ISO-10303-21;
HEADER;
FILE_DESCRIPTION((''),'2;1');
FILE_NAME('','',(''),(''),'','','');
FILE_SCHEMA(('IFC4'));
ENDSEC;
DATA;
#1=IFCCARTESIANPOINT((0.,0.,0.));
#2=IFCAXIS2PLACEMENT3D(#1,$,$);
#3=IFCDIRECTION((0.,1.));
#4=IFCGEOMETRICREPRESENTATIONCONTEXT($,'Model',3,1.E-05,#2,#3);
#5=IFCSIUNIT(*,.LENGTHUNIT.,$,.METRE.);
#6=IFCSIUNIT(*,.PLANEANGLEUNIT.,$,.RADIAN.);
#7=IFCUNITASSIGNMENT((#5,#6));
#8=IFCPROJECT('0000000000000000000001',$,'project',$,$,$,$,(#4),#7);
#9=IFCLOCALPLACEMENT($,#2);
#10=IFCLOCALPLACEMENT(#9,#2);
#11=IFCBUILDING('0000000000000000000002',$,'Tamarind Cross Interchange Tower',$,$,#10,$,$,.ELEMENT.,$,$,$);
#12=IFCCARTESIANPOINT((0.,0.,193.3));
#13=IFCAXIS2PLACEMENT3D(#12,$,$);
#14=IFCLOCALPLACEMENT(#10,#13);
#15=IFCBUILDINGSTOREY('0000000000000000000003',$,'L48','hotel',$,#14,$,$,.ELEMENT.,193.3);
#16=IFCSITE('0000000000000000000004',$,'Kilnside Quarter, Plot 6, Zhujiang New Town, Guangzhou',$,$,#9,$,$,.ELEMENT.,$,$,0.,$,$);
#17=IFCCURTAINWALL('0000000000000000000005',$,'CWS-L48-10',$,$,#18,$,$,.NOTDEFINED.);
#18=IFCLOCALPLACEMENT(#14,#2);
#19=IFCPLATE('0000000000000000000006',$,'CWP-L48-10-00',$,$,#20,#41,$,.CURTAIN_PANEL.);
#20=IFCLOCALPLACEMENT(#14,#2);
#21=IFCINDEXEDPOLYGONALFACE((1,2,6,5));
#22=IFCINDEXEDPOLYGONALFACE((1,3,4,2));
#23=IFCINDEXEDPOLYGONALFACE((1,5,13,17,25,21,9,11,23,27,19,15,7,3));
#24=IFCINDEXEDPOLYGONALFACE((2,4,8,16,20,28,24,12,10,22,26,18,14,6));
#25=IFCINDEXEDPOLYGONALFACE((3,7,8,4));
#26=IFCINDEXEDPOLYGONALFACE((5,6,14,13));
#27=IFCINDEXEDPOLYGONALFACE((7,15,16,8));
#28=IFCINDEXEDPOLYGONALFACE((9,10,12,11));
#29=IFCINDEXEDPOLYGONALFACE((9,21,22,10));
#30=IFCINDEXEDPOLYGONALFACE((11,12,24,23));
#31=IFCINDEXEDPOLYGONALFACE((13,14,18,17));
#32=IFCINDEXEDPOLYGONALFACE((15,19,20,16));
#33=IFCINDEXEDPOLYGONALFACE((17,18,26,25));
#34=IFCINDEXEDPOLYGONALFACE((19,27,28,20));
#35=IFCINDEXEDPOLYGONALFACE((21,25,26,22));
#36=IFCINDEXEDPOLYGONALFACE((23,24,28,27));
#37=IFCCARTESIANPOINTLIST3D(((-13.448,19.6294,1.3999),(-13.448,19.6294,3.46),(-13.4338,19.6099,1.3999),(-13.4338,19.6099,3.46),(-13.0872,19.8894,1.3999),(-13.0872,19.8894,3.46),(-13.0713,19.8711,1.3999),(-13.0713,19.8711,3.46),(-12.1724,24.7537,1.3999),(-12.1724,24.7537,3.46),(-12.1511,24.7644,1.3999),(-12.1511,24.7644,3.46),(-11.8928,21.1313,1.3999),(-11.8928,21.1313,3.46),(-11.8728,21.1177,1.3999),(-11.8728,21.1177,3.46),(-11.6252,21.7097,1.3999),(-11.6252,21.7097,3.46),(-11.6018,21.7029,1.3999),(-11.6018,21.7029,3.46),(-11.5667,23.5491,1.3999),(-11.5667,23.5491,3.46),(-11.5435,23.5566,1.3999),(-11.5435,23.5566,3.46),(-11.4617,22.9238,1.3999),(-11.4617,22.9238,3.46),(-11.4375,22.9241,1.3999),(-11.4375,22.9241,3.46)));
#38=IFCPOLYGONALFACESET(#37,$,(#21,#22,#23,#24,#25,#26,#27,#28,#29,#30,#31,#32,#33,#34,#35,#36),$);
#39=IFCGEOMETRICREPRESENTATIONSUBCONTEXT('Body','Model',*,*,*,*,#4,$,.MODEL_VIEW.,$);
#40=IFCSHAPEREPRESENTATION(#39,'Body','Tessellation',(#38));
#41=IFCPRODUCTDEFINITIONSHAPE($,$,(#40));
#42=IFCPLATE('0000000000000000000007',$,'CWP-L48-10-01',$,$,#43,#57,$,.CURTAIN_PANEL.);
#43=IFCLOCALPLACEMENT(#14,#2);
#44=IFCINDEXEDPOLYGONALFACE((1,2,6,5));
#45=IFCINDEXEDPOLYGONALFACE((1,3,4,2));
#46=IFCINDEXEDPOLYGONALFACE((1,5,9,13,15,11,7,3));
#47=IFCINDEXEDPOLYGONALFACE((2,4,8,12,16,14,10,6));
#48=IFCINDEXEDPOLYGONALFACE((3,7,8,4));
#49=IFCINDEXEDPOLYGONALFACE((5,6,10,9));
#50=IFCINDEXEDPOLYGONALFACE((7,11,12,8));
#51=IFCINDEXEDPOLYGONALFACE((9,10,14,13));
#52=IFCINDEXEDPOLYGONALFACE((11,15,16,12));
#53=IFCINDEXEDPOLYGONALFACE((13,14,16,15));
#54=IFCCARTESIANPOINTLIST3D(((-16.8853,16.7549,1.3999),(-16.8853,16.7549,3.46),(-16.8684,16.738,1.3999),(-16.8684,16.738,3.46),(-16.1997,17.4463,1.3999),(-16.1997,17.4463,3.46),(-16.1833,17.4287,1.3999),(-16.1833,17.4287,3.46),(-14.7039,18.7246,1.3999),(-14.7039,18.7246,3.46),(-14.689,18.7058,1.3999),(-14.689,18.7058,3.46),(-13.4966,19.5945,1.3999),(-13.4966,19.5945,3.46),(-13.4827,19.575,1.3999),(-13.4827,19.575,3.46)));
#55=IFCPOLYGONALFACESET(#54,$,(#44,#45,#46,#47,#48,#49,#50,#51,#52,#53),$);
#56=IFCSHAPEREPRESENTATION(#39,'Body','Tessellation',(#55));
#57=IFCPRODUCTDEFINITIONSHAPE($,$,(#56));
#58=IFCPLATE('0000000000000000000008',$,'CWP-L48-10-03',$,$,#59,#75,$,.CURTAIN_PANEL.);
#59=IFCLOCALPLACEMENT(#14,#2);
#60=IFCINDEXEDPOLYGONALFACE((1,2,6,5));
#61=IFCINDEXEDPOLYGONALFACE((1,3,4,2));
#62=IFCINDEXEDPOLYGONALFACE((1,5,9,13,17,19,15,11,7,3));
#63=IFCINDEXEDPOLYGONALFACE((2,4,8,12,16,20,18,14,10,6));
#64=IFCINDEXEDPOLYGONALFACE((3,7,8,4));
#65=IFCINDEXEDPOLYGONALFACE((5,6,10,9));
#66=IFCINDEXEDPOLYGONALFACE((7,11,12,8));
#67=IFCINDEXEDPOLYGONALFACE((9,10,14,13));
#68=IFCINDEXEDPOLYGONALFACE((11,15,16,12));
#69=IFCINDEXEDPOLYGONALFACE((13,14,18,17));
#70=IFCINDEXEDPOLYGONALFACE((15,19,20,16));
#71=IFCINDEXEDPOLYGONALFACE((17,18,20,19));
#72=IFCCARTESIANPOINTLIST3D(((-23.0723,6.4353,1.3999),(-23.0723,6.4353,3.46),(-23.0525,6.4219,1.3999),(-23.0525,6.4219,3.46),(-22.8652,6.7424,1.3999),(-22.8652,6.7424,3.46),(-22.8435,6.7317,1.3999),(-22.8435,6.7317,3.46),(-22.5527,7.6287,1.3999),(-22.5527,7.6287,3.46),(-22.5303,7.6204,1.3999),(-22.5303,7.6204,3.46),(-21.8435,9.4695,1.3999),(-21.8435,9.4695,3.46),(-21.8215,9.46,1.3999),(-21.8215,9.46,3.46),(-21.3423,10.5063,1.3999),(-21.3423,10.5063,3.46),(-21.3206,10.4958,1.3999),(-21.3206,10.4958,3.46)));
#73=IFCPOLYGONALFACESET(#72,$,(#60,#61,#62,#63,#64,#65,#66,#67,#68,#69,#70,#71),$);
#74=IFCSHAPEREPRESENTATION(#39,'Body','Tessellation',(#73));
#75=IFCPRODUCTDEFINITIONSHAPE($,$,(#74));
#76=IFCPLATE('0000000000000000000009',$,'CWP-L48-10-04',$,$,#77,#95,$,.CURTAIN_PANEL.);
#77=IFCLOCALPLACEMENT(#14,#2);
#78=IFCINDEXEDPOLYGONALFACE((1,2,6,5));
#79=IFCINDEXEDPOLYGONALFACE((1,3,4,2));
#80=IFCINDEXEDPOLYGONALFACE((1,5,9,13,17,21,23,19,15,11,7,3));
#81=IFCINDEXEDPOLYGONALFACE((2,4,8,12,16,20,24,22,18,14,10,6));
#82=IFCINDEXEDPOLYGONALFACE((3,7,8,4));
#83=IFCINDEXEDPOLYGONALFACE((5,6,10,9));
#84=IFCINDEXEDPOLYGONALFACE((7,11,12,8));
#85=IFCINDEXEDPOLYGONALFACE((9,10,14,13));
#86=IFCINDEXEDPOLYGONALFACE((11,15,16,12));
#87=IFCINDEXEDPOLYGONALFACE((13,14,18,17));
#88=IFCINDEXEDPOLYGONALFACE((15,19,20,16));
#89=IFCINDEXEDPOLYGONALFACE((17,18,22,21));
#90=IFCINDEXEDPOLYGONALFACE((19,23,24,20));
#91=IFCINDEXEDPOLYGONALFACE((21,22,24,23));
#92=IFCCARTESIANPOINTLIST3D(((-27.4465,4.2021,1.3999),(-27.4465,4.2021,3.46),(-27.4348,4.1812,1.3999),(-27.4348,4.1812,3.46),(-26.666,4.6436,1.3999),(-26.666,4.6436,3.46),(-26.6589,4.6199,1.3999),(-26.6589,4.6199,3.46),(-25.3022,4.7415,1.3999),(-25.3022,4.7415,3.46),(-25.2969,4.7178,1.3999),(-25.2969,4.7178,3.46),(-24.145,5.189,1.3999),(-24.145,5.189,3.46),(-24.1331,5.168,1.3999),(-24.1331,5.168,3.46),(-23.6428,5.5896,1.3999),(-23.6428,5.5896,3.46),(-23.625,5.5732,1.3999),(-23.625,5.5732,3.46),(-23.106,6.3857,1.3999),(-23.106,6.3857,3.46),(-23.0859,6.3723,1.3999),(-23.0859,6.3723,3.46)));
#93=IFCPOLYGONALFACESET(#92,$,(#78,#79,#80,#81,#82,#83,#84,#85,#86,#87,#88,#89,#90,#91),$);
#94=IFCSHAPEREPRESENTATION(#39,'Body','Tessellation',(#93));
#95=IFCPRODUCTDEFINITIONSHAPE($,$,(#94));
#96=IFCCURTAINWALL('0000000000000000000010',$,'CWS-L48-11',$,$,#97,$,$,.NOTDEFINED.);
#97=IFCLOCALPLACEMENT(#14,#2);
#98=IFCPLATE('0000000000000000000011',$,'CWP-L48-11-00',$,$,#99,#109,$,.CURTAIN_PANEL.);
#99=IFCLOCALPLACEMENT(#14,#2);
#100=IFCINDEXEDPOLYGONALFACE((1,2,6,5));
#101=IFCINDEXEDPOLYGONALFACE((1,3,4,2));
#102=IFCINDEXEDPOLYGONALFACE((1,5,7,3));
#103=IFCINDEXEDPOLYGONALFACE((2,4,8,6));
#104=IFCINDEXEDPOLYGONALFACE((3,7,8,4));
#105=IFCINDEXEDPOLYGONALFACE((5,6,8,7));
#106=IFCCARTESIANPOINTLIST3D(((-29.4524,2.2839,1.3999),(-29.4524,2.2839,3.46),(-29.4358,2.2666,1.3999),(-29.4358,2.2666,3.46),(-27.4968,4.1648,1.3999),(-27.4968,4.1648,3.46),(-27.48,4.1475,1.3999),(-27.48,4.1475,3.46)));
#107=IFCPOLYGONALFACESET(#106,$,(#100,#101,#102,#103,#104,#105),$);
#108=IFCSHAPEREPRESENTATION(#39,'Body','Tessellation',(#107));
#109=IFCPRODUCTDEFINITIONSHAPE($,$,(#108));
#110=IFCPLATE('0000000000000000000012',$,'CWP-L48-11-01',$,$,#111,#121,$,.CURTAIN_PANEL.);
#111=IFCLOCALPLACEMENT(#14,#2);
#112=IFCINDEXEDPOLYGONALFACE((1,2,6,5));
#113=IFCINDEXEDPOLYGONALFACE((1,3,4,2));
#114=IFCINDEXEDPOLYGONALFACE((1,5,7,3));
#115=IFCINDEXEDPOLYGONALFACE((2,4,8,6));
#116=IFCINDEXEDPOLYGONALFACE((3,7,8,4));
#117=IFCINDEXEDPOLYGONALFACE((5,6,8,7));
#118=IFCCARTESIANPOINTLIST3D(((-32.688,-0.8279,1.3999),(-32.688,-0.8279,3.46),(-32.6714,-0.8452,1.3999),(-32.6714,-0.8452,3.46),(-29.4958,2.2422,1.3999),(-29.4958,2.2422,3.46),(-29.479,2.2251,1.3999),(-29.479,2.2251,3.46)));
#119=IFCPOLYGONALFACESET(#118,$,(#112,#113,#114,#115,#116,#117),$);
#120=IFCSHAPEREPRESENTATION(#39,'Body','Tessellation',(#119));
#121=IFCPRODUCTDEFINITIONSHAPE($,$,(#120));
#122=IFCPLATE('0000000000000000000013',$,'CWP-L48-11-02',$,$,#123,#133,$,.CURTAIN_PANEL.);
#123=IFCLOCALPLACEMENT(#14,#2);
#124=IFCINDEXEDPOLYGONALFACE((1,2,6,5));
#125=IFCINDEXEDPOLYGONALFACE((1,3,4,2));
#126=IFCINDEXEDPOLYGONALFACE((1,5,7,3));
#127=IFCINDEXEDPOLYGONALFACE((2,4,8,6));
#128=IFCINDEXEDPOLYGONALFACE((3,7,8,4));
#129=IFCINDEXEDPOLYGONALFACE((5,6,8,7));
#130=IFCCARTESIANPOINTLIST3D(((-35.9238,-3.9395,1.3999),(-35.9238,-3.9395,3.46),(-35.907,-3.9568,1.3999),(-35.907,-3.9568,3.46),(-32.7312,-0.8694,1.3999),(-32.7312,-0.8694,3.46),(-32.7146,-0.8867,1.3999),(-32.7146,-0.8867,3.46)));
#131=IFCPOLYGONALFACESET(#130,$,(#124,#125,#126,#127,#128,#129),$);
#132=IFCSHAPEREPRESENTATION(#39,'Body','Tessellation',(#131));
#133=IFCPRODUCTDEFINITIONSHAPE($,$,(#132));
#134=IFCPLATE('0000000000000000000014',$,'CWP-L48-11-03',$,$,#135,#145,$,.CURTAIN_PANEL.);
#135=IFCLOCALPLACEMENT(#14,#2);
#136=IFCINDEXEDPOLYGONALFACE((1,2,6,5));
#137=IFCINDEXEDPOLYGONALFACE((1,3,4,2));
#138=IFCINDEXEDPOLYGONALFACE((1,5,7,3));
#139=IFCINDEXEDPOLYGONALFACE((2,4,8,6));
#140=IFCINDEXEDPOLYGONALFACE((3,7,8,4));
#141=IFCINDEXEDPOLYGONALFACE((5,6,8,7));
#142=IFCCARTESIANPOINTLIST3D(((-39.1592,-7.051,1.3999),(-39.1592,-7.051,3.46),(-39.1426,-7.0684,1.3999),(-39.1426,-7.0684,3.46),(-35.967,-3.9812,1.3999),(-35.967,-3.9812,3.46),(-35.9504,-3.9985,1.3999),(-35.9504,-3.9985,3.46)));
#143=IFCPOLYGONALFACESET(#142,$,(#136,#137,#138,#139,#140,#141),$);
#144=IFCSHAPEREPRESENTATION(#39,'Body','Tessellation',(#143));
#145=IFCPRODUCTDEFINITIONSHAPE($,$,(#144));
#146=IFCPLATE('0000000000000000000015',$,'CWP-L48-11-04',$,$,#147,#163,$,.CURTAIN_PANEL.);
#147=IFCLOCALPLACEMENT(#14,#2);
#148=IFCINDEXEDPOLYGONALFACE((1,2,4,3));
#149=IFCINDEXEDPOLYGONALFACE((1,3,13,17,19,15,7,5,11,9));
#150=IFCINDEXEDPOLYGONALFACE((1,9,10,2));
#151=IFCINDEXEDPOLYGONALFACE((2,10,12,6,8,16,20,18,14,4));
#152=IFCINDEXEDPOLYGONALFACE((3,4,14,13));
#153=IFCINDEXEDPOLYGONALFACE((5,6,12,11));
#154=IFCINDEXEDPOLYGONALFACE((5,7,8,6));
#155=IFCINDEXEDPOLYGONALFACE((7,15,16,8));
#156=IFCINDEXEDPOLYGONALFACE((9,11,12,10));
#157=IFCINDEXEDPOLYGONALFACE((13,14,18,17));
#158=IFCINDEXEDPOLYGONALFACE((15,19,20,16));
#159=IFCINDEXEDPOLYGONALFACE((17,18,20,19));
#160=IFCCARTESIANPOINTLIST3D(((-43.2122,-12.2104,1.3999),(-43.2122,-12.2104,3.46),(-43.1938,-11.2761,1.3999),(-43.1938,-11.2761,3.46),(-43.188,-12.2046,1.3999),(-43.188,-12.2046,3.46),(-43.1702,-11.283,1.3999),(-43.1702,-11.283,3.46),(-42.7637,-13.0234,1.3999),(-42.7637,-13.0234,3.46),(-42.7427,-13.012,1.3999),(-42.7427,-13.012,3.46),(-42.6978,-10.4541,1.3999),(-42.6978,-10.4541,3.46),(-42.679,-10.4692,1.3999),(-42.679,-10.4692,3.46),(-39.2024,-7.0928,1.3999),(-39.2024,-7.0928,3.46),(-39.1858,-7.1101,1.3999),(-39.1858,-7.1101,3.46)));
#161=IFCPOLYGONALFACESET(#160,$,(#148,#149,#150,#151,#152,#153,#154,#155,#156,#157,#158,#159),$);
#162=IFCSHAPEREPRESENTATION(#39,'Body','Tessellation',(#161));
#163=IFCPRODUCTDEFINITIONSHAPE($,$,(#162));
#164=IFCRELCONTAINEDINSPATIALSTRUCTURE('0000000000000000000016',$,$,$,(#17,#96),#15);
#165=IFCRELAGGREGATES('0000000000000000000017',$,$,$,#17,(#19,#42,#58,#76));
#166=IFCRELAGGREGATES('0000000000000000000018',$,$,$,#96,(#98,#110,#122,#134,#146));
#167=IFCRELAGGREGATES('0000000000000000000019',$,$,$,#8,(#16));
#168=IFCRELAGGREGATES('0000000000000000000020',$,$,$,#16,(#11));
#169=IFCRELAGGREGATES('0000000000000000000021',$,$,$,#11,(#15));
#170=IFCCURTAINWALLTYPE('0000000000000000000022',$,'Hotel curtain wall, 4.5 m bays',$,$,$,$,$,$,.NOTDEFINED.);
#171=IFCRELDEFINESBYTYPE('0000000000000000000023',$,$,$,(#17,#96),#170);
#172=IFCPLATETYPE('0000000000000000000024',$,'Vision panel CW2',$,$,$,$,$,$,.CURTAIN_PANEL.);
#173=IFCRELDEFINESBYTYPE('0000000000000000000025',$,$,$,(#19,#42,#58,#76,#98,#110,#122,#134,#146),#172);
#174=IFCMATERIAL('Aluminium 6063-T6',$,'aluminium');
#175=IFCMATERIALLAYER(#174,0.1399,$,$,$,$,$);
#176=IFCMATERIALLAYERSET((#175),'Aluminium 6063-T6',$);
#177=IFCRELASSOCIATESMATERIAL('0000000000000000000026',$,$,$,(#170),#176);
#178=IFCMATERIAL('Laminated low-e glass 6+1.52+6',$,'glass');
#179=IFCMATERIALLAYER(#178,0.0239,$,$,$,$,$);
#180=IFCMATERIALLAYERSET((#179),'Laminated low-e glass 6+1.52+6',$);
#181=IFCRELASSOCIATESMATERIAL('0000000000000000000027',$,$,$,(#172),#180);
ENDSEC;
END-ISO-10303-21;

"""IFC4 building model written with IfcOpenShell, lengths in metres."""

from ifc_helpers import new_model, si_unit, direction, frame, origin, place, context, subcontext, project, spatial, polyline, outline, extrude, material, layer, layer_set, type_object, element, aggregate, save


model = new_model("IFC4")

# Units and contexts
model_context = context("Model", 3, precision=1e-05, world=origin(), true_north=direction((0.0, 1.0)))
body_context = subcontext(model_context, "Body", "Model", "MODEL_VIEW")
ifc_project = project(units=[si_unit("LENGTHUNIT", "METRE"), si_unit("PLANEANGLEUNIT", "RADIAN")], contexts=[model_context])

# Site, building, storey
site_placement = place(None, origin())
site = spatial("IfcSite", under=ifc_project, at=site_placement, Name="Kilnside Quarter, Plot 6, Zhujiang New Town, Guangzhou", CompositionType="ELEMENT", RefElevation=0.0)
building_placement = place(site_placement, origin())
building = spatial("IfcBuilding", under=site, at=building_placement, Name="Tamarind Cross Interchange Tower", CompositionType="ELEMENT")
storey_placement = place(building_placement, frame((0.0, 0.0, 193.3)))
storey = spatial("IfcBuildingStorey", under=building, at=storey_placement, Name="L48", Description="hotel", CompositionType="ELEMENT", Elevation=193.3)

# Curtain walls, plates
ifc_material_1 = material(Name="Aluminium 6063-T6", Category="aluminium")
ifc_layer_1 = layer(ifc_material_1, 0.1399)
ifc_layer_set_1 = layer_set([ifc_layer_1], Name="Aluminium 6063-T6")
curtain_wall_type = type_object("IfcCurtainWallType", Name="Hotel curtain wall, 4.5 m bays", PredefinedType="NOTDEFINED", material=ifc_layer_set_1)
ifc_material_2 = material(Name="Laminated low-e glass 6+1.52+6", Category="glass")
ifc_layer_2 = layer(ifc_material_2, 0.0239)
ifc_layer_set_2 = layer_set([ifc_layer_2], Name="Laminated low-e glass 6+1.52+6")
plate_type = type_object("IfcPlateType", Name="Vision panel CW2", PredefinedType="CURTAIN_PANEL", material=ifc_layer_set_2)
curtain_wall_1_placement = place(storey_placement, origin())
curtain_wall_1 = element("IfcCurtainWall", 1, at=curtain_wall_1_placement, inside=storey, type_object=curtain_wall_type, Name="CWS-L48-10", PredefinedType="NOTDEFINED")
plate_1_placement = place(storey_placement, frame((0.0, 0.0, 1.3999)))
plate_1 = element("IfcPlate", 2, at=plate_1_placement, type_object=plate_type, Name="CWP-L48-10-00", PredefinedType="CURTAIN_PANEL", context=body_context, shape_type="SweptSolid", body=[
    extrude(outline(polyline([(-12.1511, 24.7644), (-11.5435, 23.5566), (-11.4375, 22.9241), (-11.6018, 21.7029), (-11.8728, 21.1177), (-13.0713, 19.8711), (-13.4338, 19.6099), (-13.448, 19.6294), (-13.0872, 19.8894), (-11.8928, 21.1313), (-11.6252, 21.7097), (-11.4617, 22.9238), (-11.5667, 23.5491), (-12.1724, 24.7537), (-12.1511, 24.7644)])), origin(), (0.0, 0.0, 1.0), 2.0601),
])
plate_2_placement = place(storey_placement, frame((0.0, 0.0, 1.3999)))
plate_2 = element("IfcPlate", 3, at=plate_2_placement, type_object=plate_type, Name="CWP-L48-10-01", PredefinedType="CURTAIN_PANEL", context=body_context, shape_type="SweptSolid", body=[
    extrude(outline(polyline([(-13.4827, 19.575), (-14.689, 18.7058), (-16.1833, 17.4287), (-16.8684, 16.738), (-16.8853, 16.7549), (-16.1997, 17.4463), (-14.7039, 18.7246), (-13.4966, 19.5945), (-13.4827, 19.575)])), origin(), (0.0, 0.0, 1.0), 2.0601),
])
plate_3_placement = place(storey_placement, frame((0.0, 0.0, 1.3999)))
plate_3 = element("IfcPlate", 4, at=plate_3_placement, type_object=plate_type, Name="CWP-L48-10-03", PredefinedType="CURTAIN_PANEL", context=body_context, shape_type="SweptSolid", body=[
    extrude(outline(polyline([(-21.3206, 10.4958), (-21.8215, 9.46), (-22.5303, 7.6204), (-22.8435, 6.7317), (-23.0525, 6.4219), (-23.0723, 6.4353), (-22.8652, 6.7424), (-22.5527, 7.6287), (-21.8435, 9.4695), (-21.3423, 10.5063), (-21.3206, 10.4958)])), origin(), (0.0, 0.0, 1.0), 2.0601),
])
plate_4_placement = place(storey_placement, frame((0.0, 0.0, 1.3999)))
plate_4 = element("IfcPlate", 5, at=plate_4_placement, type_object=plate_type, Name="CWP-L48-10-04", PredefinedType="CURTAIN_PANEL", context=body_context, shape_type="SweptSolid", body=[
    extrude(outline(polyline([(-23.0859, 6.3723), (-23.625, 5.5732), (-24.1331, 5.168), (-25.2969, 4.7178), (-26.6589, 4.6199), (-27.4348, 4.1812), (-27.4465, 4.2021), (-26.666, 4.6436), (-25.3022, 4.7415), (-24.145, 5.189), (-23.6428, 5.5896), (-23.106, 6.3857), (-23.0859, 6.3723)])), origin(), (0.0, 0.0, 1.0), 2.0601),
])
aggregate(curtain_wall_1, [plate_1, plate_2, plate_3, plate_4])
curtain_wall_2_placement = place(storey_placement, origin())
curtain_wall_2 = element("IfcCurtainWall", 6, at=curtain_wall_2_placement, inside=storey, type_object=curtain_wall_type, Name="CWS-L48-11", PredefinedType="NOTDEFINED")
plate_5_placement = place(storey_placement, frame((0.0, 0.0, 1.3999)))
plate_5 = element("IfcPlate", 7, at=plate_5_placement, type_object=plate_type, Name="CWP-L48-11-00", PredefinedType="CURTAIN_PANEL", context=body_context, shape_type="SweptSolid", body=[
    extrude(outline(polyline([(-27.48, 4.1475), (-29.4358, 2.2666), (-29.4524, 2.2839), (-27.4968, 4.1648), (-27.48, 4.1475)])), origin(), (0.0, 0.0, 1.0), 2.0601),
])
plate_6_placement = place(storey_placement, frame((0.0, 0.0, 1.3999)))
plate_6 = element("IfcPlate", 8, at=plate_6_placement, type_object=plate_type, Name="CWP-L48-11-01", PredefinedType="CURTAIN_PANEL", context=body_context, shape_type="SweptSolid", body=[
    extrude(outline(polyline([(-29.479, 2.2251), (-32.6714, -0.8452), (-32.688, -0.8279), (-29.4958, 2.2422), (-29.479, 2.2251)])), origin(), (0.0, 0.0, 1.0), 2.0601),
])
plate_7_placement = place(storey_placement, frame((0.0, 0.0, 1.3999)))
plate_7 = element("IfcPlate", 9, at=plate_7_placement, type_object=plate_type, Name="CWP-L48-11-02", PredefinedType="CURTAIN_PANEL", context=body_context, shape_type="SweptSolid", body=[
    extrude(outline(polyline([(-32.7146, -0.8867), (-35.907, -3.9568), (-35.9238, -3.9395), (-32.7312, -0.8694), (-32.7146, -0.8867)])), origin(), (0.0, 0.0, 1.0), 2.0601),
])
plate_8_placement = place(storey_placement, frame((0.0, 0.0, 1.3999)))
plate_8 = element("IfcPlate", 10, at=plate_8_placement, type_object=plate_type, Name="CWP-L48-11-03", PredefinedType="CURTAIN_PANEL", context=body_context, shape_type="SweptSolid", body=[
    extrude(outline(polyline([(-35.9504, -3.9985), (-39.1426, -7.0684), (-39.1592, -7.051), (-35.967, -3.9812), (-35.9504, -3.9985)])), origin(), (0.0, 0.0, 1.0), 2.0601),
])
plate_9_placement = place(storey_placement, frame((0.0, 0.0, 1.3999)))
plate_9 = element("IfcPlate", 11, at=plate_9_placement, type_object=plate_type, Name="CWP-L48-11-04", PredefinedType="CURTAIN_PANEL", context=body_context, shape_type="SweptSolid", body=[
    extrude(outline(polyline([(-39.1858, -7.1101), (-42.679, -10.4692), (-43.1702, -11.283), (-43.188, -12.2046), (-42.7427, -13.012), (-42.7637, -13.0234), (-43.2122, -12.2104), (-43.1938, -11.2761), (-42.6978, -10.4541), (-39.2024, -7.0928), (-39.1858, -7.1101)])), origin(), (0.0, 0.0, 1.0), 2.0601),
])
aggregate(curtain_wall_2, [plate_5, plate_6, plate_7, plate_8, plate_9])

save(model, "model.ifc")
